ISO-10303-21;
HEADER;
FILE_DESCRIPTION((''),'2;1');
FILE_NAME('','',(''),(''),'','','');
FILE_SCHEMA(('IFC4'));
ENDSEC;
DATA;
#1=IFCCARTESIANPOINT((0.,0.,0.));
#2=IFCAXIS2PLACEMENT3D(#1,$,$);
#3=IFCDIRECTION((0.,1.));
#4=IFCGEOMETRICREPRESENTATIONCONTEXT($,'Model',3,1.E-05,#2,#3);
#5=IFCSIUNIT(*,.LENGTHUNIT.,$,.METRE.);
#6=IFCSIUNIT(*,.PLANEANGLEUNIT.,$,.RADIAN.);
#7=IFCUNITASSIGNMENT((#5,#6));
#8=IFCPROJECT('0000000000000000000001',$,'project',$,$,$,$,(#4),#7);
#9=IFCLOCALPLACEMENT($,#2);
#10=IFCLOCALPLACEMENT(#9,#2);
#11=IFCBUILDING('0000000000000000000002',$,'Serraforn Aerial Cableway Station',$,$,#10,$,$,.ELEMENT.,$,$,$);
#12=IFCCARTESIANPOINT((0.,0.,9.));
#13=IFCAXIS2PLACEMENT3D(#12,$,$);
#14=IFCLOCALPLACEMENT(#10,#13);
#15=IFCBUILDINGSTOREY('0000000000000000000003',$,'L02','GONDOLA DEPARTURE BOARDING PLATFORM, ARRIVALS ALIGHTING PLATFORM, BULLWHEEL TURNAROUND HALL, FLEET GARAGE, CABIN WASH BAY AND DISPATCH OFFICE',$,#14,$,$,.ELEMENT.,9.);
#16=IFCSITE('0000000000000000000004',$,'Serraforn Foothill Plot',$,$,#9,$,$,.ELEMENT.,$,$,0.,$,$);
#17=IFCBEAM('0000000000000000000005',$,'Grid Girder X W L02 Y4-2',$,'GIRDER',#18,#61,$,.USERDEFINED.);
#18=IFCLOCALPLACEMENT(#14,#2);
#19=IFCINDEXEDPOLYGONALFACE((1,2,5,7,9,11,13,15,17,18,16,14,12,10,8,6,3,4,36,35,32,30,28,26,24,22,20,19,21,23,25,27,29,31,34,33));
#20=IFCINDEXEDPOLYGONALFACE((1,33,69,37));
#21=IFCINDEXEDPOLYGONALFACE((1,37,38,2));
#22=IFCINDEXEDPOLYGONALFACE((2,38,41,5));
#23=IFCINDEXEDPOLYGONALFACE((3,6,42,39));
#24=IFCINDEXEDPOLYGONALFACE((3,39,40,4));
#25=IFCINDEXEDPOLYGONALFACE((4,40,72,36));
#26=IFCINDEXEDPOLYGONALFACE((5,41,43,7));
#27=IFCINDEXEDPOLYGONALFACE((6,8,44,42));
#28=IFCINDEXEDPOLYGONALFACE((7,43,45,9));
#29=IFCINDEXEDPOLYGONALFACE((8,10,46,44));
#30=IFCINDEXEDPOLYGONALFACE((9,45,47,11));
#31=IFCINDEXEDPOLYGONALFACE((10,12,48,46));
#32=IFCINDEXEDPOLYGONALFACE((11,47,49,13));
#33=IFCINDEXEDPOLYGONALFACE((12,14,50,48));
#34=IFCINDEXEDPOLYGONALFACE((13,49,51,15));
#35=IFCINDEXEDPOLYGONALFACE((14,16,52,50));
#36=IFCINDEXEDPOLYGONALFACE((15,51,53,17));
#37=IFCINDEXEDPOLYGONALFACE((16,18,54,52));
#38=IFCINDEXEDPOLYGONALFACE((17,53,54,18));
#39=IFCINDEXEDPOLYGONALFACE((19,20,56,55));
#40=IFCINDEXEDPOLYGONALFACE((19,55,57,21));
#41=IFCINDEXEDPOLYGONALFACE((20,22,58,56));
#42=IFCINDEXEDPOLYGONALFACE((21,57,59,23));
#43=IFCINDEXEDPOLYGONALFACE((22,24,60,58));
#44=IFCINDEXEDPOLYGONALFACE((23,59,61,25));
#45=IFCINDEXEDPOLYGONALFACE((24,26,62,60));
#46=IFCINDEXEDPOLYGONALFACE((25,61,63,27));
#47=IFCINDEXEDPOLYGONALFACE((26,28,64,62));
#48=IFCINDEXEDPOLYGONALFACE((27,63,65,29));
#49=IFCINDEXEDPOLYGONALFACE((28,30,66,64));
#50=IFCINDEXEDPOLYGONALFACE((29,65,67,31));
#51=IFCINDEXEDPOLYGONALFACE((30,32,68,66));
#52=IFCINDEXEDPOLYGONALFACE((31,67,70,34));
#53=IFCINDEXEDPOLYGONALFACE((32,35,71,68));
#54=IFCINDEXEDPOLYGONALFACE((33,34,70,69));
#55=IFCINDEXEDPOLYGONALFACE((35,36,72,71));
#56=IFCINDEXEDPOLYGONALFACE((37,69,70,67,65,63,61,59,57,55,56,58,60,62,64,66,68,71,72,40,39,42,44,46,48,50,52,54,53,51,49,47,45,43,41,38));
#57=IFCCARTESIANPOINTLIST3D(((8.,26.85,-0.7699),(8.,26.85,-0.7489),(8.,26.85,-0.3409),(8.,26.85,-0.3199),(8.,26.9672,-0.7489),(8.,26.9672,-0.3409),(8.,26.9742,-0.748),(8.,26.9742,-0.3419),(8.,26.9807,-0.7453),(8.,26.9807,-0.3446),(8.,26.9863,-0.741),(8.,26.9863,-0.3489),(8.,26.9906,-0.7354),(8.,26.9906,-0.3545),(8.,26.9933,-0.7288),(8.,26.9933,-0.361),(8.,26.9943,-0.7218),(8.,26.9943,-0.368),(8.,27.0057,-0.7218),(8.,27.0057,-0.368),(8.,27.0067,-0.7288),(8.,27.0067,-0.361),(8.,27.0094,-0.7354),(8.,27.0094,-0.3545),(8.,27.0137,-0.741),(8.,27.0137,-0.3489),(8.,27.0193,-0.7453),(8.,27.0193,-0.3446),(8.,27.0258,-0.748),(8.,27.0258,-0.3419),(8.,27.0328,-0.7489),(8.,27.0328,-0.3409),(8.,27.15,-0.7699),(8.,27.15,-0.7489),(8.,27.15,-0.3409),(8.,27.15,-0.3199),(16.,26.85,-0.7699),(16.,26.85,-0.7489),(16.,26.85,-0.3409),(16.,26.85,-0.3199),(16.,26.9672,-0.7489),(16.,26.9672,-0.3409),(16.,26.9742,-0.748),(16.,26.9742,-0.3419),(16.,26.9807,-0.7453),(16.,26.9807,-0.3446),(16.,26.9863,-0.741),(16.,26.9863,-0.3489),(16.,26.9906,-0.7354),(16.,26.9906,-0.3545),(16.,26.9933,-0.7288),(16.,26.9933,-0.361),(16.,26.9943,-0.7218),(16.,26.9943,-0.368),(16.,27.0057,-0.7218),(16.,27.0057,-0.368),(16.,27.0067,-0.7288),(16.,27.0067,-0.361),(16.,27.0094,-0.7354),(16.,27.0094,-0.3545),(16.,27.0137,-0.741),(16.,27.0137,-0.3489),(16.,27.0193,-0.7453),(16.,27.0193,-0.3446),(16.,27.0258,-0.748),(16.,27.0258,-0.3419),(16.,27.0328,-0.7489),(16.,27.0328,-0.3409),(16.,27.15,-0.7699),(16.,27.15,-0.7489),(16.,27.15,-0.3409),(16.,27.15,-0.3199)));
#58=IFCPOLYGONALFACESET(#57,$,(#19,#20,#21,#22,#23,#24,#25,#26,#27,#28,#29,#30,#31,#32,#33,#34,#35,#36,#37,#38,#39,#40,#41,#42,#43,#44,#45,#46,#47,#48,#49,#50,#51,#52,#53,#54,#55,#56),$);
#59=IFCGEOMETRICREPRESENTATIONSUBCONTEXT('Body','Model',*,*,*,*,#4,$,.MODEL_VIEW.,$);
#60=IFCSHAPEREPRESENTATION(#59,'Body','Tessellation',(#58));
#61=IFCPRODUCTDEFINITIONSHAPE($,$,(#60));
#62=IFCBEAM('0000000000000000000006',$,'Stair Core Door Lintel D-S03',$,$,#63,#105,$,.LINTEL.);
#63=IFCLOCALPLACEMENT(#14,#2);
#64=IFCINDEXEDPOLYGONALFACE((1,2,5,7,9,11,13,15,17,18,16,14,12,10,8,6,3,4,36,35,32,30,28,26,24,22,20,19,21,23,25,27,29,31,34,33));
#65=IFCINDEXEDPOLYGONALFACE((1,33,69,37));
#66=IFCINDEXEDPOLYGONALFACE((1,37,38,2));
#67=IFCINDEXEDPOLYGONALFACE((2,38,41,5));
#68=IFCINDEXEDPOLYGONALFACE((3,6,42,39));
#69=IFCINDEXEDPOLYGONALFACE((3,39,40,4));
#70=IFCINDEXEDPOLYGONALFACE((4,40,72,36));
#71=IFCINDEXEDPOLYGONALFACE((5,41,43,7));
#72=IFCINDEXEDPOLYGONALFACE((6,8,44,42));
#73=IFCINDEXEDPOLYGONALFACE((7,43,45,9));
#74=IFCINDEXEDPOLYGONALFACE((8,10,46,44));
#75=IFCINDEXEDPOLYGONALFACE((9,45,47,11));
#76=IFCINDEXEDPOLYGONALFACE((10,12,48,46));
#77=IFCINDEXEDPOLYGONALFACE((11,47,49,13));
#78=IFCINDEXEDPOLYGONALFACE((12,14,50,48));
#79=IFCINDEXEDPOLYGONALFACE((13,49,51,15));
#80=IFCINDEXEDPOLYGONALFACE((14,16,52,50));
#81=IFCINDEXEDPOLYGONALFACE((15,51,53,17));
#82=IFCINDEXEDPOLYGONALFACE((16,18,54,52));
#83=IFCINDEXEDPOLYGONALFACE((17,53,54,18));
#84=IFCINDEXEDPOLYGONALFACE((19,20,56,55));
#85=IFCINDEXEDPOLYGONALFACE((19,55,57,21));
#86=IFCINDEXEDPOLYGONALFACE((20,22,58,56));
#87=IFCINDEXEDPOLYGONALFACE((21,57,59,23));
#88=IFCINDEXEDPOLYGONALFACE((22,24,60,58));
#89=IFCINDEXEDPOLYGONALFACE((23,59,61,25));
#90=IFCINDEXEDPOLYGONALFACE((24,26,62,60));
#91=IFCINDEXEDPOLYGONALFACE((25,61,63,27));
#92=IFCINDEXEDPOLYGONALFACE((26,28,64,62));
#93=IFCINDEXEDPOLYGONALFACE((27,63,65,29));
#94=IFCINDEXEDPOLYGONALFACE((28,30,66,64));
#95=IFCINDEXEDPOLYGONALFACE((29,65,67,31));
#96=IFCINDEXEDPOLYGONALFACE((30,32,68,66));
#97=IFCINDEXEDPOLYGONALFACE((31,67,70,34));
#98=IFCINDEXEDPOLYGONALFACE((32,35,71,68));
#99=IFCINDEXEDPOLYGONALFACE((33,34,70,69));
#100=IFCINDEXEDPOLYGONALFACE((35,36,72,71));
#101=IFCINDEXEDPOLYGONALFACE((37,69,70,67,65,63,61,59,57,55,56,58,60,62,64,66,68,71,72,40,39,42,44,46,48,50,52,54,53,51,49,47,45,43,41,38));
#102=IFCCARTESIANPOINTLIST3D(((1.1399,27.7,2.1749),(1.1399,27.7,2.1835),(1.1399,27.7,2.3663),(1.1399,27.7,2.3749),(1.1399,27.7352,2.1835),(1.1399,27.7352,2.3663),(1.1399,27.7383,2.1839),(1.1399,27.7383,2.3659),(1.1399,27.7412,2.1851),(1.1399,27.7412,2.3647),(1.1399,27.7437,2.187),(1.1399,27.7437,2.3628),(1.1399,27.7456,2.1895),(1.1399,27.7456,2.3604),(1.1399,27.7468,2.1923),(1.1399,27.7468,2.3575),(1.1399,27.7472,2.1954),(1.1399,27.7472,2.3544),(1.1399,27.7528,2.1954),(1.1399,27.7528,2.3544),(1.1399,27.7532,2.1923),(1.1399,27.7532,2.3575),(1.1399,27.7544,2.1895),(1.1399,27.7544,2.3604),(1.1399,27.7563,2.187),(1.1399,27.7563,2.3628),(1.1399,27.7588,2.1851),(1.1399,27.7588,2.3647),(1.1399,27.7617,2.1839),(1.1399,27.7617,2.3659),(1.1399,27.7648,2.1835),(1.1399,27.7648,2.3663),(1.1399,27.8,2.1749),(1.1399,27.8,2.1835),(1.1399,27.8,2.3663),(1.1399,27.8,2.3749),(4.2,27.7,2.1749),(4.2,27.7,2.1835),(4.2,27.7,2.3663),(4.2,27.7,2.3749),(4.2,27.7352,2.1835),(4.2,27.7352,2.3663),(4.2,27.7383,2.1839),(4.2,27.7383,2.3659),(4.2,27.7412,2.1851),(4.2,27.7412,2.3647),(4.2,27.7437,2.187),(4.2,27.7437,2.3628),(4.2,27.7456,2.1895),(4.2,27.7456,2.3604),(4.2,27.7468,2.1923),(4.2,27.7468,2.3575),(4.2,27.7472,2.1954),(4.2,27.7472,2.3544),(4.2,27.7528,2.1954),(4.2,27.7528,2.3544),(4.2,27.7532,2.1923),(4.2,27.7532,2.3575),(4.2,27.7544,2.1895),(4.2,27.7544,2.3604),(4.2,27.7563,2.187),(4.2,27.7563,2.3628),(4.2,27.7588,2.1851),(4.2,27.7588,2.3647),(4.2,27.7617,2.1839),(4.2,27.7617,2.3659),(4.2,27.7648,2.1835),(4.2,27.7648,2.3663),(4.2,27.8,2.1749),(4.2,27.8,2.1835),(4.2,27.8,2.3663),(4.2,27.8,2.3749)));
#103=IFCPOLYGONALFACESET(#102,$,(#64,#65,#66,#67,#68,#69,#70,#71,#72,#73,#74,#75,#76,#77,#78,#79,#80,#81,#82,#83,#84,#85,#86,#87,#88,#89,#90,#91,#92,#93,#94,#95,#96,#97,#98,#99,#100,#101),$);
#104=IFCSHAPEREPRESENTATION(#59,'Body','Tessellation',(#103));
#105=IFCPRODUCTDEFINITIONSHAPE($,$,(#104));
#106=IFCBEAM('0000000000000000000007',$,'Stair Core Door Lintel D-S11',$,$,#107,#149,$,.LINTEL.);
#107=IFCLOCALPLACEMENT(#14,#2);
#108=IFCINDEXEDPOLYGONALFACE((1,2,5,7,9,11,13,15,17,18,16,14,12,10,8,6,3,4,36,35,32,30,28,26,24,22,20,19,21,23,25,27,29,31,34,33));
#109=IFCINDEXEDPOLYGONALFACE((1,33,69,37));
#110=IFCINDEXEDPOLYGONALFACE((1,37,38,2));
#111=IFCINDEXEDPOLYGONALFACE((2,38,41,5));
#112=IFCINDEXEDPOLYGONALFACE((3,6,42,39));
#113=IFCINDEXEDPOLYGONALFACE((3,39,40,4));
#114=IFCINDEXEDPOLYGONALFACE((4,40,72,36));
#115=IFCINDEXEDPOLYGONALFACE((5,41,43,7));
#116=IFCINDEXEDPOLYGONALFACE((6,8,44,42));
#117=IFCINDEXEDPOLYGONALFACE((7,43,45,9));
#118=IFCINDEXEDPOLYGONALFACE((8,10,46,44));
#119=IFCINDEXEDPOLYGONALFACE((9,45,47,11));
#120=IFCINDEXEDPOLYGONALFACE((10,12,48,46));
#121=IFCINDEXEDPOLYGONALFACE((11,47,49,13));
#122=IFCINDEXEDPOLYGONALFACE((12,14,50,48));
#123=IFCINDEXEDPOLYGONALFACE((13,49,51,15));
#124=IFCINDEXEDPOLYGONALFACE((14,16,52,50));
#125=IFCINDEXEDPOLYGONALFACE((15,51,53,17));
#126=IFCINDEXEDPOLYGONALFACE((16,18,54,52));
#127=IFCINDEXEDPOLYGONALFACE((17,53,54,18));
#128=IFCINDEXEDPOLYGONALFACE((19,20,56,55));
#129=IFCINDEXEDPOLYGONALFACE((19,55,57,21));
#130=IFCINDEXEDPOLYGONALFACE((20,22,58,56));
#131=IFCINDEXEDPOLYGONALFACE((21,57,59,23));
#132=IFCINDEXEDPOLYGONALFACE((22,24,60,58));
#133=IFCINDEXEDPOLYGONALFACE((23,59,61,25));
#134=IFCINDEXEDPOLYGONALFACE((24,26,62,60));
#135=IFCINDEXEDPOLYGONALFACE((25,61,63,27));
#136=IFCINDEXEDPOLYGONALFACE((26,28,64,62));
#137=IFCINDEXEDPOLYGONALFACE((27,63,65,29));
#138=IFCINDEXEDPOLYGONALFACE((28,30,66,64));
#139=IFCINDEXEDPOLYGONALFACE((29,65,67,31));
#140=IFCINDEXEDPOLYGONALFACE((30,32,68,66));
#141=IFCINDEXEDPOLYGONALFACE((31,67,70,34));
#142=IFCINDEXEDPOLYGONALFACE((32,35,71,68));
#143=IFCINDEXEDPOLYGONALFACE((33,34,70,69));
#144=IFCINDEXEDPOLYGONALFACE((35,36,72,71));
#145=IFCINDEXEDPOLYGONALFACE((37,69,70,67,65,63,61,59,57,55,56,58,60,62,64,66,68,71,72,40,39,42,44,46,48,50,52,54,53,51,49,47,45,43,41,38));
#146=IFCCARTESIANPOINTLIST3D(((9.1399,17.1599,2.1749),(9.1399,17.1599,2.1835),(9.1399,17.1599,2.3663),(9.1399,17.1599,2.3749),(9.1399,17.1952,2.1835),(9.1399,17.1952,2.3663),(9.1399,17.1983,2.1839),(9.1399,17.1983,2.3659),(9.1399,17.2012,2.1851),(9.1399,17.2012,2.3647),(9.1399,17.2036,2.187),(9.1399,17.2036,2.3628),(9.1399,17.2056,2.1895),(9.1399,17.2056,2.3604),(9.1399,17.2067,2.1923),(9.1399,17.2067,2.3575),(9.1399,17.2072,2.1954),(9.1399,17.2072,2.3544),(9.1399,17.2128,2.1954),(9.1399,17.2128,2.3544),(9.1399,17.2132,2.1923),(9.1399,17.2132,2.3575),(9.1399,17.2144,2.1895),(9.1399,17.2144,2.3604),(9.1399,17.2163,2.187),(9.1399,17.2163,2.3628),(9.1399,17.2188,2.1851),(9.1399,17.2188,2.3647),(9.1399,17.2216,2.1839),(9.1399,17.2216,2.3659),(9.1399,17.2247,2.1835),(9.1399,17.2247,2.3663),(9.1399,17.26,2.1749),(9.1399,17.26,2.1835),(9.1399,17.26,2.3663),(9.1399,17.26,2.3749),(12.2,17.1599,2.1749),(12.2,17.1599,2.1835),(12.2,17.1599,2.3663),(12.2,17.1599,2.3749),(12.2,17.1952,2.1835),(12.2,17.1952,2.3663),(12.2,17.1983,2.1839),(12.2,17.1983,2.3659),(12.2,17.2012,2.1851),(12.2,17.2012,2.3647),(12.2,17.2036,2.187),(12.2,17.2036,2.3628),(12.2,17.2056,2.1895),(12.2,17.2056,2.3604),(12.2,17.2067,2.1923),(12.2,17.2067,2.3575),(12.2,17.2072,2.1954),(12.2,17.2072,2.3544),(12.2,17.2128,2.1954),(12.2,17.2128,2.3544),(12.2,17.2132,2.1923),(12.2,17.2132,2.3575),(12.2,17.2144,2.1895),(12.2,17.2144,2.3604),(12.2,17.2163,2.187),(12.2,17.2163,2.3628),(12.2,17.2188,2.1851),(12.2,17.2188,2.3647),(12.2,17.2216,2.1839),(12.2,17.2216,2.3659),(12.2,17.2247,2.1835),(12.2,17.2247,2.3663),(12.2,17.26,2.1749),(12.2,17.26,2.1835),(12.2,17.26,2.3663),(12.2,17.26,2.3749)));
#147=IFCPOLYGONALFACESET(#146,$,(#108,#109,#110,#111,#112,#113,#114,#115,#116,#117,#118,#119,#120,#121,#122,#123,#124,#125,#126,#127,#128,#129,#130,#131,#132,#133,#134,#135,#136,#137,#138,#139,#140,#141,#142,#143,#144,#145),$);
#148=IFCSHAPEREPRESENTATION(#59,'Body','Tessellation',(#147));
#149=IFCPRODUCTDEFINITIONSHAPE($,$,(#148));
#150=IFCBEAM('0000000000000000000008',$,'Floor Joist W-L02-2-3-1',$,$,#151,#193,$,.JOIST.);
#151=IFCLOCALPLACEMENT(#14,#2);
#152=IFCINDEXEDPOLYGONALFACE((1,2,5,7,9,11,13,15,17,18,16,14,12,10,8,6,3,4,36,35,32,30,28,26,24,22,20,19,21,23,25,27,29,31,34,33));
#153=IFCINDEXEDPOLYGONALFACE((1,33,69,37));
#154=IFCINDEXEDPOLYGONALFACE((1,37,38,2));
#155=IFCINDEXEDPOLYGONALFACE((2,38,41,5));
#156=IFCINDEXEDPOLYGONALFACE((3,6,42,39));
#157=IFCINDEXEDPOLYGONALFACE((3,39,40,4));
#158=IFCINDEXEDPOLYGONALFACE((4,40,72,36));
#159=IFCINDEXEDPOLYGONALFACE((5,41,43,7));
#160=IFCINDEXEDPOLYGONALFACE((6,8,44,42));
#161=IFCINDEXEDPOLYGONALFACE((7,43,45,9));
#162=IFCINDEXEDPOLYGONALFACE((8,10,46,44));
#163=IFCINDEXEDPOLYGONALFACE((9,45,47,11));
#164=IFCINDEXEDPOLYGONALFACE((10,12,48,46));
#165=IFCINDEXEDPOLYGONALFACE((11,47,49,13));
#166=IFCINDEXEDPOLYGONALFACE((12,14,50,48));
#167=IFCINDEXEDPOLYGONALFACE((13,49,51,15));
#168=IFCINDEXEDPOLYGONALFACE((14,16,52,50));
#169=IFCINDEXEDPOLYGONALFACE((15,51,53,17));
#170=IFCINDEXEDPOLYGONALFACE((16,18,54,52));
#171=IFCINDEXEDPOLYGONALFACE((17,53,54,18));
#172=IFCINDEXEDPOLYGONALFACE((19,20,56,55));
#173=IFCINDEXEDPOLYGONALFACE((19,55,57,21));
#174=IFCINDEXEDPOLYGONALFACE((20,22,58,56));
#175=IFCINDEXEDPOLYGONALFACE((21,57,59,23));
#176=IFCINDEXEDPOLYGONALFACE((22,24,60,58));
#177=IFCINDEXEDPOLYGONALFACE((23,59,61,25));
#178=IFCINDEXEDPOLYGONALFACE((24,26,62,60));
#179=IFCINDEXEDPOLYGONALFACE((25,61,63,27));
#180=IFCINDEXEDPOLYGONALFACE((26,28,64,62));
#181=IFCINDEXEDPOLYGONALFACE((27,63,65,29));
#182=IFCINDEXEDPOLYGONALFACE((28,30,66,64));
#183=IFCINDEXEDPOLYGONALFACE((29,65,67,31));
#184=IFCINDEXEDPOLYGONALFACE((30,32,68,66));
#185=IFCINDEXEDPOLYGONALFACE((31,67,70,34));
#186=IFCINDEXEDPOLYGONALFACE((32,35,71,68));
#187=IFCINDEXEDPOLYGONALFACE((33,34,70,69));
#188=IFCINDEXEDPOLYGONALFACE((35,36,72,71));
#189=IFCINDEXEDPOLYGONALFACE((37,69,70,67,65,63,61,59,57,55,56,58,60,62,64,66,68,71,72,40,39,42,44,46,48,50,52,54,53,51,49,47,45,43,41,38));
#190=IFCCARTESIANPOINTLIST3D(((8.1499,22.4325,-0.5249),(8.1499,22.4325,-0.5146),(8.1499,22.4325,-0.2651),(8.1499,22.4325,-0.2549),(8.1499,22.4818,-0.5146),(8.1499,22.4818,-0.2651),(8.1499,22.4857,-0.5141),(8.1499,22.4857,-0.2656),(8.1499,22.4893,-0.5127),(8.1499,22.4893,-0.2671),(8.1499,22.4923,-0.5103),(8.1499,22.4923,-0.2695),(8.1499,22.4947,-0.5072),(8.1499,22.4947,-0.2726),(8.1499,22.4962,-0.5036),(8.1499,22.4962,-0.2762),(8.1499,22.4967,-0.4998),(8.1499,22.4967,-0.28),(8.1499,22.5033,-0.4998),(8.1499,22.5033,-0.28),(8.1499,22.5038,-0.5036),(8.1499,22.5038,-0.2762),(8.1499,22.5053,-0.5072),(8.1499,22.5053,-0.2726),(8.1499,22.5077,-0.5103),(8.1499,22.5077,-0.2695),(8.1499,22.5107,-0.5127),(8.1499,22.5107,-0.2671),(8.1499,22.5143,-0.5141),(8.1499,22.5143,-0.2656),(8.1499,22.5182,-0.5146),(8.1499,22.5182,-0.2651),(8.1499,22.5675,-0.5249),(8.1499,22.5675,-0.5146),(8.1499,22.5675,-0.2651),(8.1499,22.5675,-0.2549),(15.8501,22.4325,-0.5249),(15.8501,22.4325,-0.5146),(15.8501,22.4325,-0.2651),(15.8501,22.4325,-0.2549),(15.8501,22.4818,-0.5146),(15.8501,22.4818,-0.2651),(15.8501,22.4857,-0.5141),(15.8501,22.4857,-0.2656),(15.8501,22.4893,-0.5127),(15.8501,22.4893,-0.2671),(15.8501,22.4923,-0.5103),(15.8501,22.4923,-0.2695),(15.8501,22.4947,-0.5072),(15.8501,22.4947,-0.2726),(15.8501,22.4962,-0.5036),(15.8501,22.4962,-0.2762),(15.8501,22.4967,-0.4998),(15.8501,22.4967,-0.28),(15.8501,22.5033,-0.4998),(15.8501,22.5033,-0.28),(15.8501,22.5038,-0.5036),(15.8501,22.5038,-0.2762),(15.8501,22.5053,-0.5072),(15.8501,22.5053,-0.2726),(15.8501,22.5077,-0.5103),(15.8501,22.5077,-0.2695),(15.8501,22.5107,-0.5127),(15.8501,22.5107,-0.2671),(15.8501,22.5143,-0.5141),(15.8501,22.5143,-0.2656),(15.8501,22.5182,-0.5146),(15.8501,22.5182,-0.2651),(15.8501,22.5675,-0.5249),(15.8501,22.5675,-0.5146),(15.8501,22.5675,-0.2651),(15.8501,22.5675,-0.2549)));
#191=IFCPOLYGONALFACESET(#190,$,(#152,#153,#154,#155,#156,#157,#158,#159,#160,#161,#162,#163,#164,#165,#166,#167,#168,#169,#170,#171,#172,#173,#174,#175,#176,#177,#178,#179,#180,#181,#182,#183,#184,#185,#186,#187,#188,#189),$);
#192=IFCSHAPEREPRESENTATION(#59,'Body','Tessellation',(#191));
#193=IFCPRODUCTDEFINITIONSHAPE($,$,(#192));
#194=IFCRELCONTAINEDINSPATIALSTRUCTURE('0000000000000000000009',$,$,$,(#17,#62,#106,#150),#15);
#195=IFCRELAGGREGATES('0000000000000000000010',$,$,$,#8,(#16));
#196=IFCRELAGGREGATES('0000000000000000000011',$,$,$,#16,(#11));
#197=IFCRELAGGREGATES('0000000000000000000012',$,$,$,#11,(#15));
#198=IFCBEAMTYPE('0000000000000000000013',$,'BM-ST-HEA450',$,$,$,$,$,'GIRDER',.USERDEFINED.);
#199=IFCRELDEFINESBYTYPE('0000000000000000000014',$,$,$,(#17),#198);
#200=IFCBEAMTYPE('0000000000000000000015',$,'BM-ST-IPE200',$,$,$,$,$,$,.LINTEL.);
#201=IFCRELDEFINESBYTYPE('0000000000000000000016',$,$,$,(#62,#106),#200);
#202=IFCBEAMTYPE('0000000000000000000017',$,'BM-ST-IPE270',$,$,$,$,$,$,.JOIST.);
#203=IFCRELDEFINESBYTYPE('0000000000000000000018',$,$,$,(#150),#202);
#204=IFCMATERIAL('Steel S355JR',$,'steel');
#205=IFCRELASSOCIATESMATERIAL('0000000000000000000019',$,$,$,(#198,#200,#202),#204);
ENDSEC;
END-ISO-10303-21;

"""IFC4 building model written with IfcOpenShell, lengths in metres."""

from ifc_helpers import new_model, si_unit, direction, frame, origin, origin_2d, place, context, subcontext, project, spatial, i_section, extrude, material, material_profile, profile_set, type_object, element, save


model = new_model("IFC4")

# Units and contexts
model_context = context("Model", 3, precision=1e-05, world=origin(), true_north=direction((0.0, 1.0)))
body_context = subcontext(model_context, "Body", "Model", "MODEL_VIEW")
ifc_project = project(units=[si_unit("LENGTHUNIT", "METRE"), si_unit("PLANEANGLEUNIT", "RADIAN")], contexts=[model_context])

# Site, building, storey
site_placement = place(None, origin())
site = spatial("IfcSite", under=ifc_project, at=site_placement, Name="Serraforn Foothill Plot", CompositionType="ELEMENT", RefElevation=0.0)
building_placement = place(site_placement, origin())
building = spatial("IfcBuilding", under=site, at=building_placement, Name="Serraforn Aerial Cableway Station", CompositionType="ELEMENT")
storey_placement = place(building_placement, frame((0.0, 0.0, 9.0)))
storey = spatial("IfcBuildingStorey", under=building, at=storey_placement, Name="L02", Description="GONDOLA DEPARTURE BOARDING PLATFORM, ARRIVALS ALIGHTING PLATFORM, BULLWHEEL TURNAROUND HALL, FLEET GARAGE, CABIN WASH BAY AND DISPATCH OFFICE", CompositionType="ELEMENT", Elevation=9.0)

# Beams
ifc_material_1 = material(Name="Steel S355JR", Category="steel")
ifc_material_profile_1 = material_profile(ifc_material_1, i_section(OverallWidth=0.3, OverallDepth=0.45, WebThickness=0.0115, FlangeThickness=0.021, FilletRadius=0.0271, at=origin_2d()), Name="HEA 450")
ifc_profile_set_1 = profile_set([ifc_material_profile_1], Name="Steel S355JR")
beam_type_1 = type_object("IfcBeamType", Name="BM-ST-HEA450", ElementType="GIRDER", PredefinedType="USERDEFINED", material=ifc_profile_set_1)
beam_1_placement = place(storey_placement, frame((8.0, 27.0, -0.5449), z_axis=(1.0, 0.0, 0.0), x_axis=(0.0, 1.0, 0.0)))
element("IfcBeam", 1, at=beam_1_placement, inside=storey, type_object=beam_type_1, Name="Grid Girder X W L02 Y4-2", ObjectType="GIRDER", PredefinedType="USERDEFINED", context=body_context, shape_type="SweptSolid", body=[
    extrude(i_section(OverallWidth=0.3, OverallDepth=0.45, WebThickness=0.0115, FlangeThickness=0.021, FilletRadius=0.0271, at=origin_2d()), origin(), (0.0, 0.0, 1.0), 8.0),
])
ifc_material_profile_2 = material_profile(ifc_material_1, i_section(OverallWidth=0.1001, OverallDepth=0.2, WebThickness=0.0056, FlangeThickness=0.0085, FilletRadius=0.012, at=origin_2d()), Name="IPE 200")
ifc_profile_set_2 = profile_set([ifc_material_profile_2], Name="Steel S355JR")
beam_type_2 = type_object("IfcBeamType", Name="BM-ST-IPE200", PredefinedType="LINTEL", material=ifc_profile_set_2)
for number, where, z_axis, x_axis, name in (
    (2, (4.2, 27.75, 2.2749), (-1.0, 0.0, 0.0), (0.0, -1.0, 0.0), "Stair Core Door Lintel D-S03"),
    (3, (9.1399, 17.21, 2.2749), (1.0, 0.0, 0.0), (0.0, 1.0, 0.0), "Stair Core Door Lintel D-S11"),
):
    element("IfcBeam", number, at=place(storey_placement, frame(where, z_axis=z_axis, x_axis=x_axis)), inside=storey, type_object=beam_type_2, Name=name, PredefinedType="LINTEL", context=body_context, shape_type="SweptSolid", body=[
        extrude(i_section(OverallWidth=0.1001, OverallDepth=0.2, WebThickness=0.0056, FlangeThickness=0.0085, FilletRadius=0.012, at=origin_2d()), origin(), (0.0, 0.0, 1.0), 3.0601),
    ])
ifc_material_profile_3 = material_profile(ifc_material_1, i_section(OverallWidth=0.135, OverallDepth=0.27, WebThickness=0.0066, FlangeThickness=0.0103, FilletRadius=0.0149, at=origin_2d()), Name="IPE 270")
ifc_profile_set_3 = profile_set([ifc_material_profile_3], Name="Steel S355JR")
beam_type_3 = type_object("IfcBeamType", Name="BM-ST-IPE270", PredefinedType="JOIST", material=ifc_profile_set_3)
beam_2_placement = place(storey_placement, frame((8.1499, 22.5, -0.3899), z_axis=(1.0, 0.0, 0.0), x_axis=(0.0, 1.0, 0.0)))
element("IfcBeam", 4, at=beam_2_placement, inside=storey, type_object=beam_type_3, Name="Floor Joist W-L02-2-3-1", PredefinedType="JOIST", context=body_context, shape_type="SweptSolid", body=[
    extrude(i_section(OverallWidth=0.135, OverallDepth=0.27, WebThickness=0.0066, FlangeThickness=0.0103, FilletRadius=0.0149, at=origin_2d()), origin(), (0.0, 0.0, 1.0), 7.7002),
])

save(model, "model.ifc")
